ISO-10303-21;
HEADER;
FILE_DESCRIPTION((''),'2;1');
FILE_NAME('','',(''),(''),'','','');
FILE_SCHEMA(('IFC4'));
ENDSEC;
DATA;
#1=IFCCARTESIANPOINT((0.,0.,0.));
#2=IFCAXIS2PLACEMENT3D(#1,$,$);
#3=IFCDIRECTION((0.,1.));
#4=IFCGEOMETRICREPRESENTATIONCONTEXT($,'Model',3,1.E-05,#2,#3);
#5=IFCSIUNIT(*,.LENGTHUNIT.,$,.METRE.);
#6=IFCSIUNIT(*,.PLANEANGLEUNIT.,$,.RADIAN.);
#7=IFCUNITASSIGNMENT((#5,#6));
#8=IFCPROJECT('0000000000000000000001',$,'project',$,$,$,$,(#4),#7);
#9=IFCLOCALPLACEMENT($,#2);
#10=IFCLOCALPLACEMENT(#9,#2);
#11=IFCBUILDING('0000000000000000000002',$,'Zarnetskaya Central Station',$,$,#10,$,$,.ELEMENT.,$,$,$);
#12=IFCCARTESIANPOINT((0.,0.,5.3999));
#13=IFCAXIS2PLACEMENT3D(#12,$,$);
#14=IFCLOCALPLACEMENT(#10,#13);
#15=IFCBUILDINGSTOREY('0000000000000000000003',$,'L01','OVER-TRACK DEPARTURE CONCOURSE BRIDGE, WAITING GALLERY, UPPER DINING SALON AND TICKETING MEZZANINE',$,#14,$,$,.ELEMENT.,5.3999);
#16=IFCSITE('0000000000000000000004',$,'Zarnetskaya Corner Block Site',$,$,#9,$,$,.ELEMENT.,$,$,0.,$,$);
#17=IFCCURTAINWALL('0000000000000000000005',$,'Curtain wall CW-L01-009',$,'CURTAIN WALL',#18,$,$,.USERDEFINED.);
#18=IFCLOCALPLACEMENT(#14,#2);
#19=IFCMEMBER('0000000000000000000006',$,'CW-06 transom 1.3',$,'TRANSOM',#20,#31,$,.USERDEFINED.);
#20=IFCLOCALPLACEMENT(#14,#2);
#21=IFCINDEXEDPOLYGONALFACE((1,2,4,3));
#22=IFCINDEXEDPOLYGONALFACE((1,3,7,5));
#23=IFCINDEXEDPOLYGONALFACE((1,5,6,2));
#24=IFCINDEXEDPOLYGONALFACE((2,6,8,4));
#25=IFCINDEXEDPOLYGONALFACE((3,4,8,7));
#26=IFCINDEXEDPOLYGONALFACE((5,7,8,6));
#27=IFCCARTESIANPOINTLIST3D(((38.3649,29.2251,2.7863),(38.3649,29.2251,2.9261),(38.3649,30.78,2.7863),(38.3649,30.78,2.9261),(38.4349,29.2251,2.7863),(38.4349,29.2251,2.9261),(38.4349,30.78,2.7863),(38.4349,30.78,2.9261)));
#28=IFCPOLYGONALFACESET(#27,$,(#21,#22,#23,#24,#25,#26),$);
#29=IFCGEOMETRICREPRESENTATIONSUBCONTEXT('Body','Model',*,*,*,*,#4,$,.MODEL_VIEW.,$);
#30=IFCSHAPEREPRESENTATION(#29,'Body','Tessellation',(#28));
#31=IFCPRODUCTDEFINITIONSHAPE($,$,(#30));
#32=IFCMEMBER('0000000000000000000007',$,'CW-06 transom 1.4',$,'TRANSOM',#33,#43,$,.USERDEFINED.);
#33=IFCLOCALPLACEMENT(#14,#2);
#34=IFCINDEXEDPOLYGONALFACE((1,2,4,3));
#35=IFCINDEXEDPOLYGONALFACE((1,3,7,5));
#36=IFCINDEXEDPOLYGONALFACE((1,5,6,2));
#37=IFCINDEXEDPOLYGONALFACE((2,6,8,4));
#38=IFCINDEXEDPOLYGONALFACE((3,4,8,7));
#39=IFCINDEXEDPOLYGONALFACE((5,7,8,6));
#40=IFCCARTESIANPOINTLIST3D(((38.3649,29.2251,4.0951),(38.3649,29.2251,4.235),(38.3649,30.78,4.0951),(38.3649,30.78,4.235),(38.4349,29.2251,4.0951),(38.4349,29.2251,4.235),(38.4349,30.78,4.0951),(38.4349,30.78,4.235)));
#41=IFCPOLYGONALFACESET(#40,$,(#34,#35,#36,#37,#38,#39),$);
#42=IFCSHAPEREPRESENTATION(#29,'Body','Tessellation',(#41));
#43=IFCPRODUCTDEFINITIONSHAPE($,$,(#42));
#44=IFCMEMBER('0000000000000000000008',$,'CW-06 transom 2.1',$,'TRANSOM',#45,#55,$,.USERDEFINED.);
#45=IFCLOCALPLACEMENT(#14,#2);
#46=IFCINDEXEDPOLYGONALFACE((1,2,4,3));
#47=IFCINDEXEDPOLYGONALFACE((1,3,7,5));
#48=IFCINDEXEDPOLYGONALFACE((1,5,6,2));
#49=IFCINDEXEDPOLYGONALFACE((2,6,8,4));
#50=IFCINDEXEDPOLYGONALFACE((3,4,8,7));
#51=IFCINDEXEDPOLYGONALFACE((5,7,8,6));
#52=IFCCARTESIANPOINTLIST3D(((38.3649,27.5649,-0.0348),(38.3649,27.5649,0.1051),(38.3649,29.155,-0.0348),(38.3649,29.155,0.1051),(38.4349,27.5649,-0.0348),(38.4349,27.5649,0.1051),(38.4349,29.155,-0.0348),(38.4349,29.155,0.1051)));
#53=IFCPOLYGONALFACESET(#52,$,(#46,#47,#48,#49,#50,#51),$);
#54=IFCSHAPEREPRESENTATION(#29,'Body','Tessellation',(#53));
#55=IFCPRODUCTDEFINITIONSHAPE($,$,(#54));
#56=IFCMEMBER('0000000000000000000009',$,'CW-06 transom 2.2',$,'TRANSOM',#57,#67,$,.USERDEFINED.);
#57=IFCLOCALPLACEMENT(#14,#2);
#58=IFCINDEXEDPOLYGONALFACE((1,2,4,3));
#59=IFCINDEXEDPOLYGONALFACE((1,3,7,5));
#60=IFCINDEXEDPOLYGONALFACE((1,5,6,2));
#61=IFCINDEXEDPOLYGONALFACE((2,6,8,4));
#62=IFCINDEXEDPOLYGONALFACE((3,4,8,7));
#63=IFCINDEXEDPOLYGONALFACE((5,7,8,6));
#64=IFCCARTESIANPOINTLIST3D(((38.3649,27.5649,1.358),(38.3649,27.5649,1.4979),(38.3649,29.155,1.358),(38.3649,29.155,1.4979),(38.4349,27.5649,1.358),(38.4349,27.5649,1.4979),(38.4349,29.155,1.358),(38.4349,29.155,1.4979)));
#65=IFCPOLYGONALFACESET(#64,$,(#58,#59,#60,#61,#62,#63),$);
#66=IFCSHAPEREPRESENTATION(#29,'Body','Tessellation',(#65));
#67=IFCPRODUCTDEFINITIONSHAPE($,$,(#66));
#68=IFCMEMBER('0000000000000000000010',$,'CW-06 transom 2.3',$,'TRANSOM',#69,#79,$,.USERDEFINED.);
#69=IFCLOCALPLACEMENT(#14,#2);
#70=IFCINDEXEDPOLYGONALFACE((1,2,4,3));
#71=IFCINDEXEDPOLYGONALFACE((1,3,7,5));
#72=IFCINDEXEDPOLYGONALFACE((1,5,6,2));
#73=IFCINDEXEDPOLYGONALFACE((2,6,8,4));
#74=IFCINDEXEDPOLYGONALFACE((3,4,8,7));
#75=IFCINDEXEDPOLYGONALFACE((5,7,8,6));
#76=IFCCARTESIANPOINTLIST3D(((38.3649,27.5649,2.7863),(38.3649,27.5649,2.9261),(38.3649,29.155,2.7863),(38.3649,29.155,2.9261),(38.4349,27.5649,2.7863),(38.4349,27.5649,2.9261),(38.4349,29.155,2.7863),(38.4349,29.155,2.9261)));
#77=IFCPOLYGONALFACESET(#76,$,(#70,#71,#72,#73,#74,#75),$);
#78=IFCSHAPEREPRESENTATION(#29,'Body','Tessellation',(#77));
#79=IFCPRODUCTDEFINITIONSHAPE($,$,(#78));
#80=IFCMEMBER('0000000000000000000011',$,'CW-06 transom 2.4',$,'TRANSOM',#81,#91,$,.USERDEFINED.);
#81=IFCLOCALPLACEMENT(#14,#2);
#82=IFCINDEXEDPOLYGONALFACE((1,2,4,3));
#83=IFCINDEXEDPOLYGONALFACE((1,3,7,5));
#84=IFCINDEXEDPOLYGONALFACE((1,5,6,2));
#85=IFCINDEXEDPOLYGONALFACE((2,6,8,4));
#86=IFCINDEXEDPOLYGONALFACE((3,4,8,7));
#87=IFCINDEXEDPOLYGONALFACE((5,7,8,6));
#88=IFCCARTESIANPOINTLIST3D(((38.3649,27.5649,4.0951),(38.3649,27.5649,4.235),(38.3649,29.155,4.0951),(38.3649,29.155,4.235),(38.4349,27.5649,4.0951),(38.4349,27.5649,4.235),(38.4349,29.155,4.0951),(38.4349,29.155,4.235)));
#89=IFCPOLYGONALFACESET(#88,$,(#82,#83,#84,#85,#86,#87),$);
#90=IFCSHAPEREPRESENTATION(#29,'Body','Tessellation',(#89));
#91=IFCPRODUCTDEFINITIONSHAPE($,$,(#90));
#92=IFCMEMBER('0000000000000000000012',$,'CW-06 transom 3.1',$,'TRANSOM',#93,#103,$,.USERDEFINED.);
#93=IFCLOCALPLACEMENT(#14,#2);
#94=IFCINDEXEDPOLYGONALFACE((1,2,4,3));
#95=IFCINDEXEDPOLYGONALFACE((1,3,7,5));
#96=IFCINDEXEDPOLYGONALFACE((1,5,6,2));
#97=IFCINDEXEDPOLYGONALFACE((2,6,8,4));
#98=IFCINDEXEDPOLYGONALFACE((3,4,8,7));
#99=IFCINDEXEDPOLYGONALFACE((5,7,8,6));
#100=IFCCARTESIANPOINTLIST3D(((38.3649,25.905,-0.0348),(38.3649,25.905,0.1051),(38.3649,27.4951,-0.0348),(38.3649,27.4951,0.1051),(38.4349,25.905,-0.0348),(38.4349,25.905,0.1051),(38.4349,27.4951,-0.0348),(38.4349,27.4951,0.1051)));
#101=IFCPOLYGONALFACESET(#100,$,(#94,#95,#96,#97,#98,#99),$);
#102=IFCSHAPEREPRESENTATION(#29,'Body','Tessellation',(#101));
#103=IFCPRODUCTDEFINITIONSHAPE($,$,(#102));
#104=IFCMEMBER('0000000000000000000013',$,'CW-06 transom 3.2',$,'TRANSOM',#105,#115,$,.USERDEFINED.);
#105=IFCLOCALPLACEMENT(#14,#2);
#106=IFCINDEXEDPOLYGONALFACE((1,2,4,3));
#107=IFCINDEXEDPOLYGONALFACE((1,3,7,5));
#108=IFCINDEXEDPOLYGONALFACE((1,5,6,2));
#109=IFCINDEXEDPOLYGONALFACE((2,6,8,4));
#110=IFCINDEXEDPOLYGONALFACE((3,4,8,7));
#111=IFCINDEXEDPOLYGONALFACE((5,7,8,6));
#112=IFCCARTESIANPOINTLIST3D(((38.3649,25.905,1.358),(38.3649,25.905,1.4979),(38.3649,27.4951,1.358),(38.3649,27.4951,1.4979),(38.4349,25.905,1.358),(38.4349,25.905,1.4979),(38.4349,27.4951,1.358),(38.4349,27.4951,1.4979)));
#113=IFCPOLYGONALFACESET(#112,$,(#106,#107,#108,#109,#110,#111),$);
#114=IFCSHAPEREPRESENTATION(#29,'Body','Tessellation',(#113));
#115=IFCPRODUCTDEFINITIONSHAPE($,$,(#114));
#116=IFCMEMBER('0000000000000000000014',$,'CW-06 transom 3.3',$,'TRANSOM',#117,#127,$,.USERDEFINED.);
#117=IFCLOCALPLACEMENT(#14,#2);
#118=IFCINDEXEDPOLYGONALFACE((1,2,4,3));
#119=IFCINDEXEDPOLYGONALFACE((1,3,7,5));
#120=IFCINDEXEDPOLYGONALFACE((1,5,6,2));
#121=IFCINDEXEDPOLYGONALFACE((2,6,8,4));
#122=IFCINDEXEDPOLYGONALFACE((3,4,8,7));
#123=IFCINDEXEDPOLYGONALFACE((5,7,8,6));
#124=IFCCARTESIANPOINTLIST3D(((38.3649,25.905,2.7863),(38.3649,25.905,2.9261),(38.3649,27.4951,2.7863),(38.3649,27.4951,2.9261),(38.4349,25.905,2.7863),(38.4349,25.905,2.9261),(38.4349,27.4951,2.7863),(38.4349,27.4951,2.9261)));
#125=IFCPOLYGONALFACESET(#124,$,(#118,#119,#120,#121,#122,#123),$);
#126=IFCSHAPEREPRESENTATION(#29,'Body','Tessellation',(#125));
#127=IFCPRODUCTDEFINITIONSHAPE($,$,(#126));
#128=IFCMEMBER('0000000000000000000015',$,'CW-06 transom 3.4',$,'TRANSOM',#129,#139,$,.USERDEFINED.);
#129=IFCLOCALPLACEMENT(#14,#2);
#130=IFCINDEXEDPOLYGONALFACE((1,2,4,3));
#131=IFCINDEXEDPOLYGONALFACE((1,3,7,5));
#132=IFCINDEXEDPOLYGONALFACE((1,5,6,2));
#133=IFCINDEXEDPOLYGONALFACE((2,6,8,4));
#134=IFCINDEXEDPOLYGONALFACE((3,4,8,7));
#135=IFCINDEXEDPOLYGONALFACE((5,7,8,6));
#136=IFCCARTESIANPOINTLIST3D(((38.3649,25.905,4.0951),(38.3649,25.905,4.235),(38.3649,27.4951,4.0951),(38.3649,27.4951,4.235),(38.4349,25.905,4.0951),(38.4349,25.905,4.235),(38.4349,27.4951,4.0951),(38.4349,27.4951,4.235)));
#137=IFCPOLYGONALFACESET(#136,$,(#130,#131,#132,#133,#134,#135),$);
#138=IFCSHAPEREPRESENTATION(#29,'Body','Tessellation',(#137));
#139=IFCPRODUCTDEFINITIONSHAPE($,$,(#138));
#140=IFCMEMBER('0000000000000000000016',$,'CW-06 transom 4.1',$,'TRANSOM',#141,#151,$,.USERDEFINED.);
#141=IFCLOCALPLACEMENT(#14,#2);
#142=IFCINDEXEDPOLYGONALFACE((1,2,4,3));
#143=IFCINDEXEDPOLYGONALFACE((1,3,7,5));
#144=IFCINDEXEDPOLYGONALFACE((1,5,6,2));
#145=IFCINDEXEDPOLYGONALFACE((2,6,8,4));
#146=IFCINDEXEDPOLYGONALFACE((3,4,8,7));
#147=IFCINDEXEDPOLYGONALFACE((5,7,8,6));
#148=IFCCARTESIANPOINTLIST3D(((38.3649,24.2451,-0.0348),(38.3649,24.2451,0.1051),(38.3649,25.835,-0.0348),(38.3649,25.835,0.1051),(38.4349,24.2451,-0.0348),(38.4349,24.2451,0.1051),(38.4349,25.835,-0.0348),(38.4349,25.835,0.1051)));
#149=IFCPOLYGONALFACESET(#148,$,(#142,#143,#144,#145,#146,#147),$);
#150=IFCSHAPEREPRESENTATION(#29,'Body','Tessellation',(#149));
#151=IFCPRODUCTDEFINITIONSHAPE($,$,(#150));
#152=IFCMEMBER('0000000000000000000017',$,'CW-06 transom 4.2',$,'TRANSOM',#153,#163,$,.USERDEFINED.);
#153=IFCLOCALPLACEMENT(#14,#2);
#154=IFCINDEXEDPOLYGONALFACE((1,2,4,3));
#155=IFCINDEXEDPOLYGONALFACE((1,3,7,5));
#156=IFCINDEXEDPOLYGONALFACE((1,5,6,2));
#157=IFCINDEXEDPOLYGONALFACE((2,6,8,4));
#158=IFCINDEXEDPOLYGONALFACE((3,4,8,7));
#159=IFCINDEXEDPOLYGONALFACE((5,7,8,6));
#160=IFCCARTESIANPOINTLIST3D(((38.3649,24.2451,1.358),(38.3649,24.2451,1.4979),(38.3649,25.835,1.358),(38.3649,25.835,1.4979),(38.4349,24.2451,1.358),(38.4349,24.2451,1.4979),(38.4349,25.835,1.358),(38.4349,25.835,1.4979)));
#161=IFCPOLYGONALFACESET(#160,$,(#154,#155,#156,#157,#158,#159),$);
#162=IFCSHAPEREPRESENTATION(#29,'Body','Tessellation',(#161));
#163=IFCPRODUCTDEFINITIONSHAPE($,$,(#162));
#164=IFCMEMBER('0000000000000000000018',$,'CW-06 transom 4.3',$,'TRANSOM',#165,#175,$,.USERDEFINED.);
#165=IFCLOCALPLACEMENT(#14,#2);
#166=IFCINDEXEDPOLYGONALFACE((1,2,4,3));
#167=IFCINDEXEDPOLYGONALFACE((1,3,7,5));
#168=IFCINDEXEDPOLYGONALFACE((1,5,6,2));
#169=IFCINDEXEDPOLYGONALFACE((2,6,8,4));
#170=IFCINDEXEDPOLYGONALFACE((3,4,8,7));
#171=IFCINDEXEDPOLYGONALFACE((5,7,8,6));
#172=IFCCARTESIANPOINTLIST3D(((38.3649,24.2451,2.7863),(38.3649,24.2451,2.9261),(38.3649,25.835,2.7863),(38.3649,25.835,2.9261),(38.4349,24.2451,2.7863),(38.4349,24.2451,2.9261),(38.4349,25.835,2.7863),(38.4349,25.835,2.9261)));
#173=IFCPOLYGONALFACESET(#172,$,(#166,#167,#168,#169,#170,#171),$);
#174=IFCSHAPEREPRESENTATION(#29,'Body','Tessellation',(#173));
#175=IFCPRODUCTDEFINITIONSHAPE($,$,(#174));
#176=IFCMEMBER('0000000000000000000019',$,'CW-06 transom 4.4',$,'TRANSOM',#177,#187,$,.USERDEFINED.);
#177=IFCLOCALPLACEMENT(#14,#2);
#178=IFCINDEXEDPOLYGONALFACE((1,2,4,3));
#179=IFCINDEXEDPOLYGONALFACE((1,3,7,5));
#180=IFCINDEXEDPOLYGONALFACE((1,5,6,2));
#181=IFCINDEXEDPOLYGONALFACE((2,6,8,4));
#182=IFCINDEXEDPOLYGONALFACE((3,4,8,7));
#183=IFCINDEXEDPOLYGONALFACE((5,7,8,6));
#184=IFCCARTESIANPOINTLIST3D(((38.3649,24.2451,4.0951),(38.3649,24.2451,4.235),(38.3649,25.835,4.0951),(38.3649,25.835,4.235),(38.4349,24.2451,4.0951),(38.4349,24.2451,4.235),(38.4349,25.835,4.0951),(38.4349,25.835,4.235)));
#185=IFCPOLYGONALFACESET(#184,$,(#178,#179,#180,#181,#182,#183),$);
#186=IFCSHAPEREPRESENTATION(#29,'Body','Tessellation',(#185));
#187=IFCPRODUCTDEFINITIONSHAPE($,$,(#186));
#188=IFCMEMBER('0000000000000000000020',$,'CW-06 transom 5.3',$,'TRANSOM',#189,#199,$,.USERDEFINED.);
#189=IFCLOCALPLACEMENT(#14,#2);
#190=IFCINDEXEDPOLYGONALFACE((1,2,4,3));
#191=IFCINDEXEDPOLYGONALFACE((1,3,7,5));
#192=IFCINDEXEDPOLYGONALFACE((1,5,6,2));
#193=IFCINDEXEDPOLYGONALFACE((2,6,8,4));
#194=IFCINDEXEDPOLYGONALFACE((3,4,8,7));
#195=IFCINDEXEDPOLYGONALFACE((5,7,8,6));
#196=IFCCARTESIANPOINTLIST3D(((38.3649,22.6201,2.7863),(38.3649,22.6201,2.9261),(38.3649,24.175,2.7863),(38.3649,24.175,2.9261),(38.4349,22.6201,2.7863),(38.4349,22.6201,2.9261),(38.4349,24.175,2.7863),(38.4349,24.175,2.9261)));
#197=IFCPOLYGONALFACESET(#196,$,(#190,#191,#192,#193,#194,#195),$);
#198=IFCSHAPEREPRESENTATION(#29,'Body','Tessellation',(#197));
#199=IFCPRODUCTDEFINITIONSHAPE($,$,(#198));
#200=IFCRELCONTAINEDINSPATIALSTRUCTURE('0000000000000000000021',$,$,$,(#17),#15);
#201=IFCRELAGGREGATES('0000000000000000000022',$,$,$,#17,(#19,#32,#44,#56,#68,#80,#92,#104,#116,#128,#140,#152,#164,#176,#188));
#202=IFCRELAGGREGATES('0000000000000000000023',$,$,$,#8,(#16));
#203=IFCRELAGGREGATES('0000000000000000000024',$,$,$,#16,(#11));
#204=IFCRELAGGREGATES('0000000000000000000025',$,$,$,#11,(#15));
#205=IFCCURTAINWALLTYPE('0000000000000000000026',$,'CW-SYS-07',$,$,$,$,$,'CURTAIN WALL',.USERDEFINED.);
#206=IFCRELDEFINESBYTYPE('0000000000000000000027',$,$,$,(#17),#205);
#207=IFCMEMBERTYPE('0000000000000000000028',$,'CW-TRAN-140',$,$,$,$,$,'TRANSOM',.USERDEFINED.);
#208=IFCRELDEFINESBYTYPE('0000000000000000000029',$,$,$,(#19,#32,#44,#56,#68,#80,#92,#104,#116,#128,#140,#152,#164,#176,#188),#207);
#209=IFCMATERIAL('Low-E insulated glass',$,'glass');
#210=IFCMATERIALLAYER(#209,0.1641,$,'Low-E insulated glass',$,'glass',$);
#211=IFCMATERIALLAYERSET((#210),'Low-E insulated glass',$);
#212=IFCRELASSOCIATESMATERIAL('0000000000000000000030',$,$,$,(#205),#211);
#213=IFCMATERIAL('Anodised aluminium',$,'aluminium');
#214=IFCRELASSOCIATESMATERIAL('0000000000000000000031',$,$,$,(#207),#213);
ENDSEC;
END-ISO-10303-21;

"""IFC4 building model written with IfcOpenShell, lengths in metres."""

from ifc_helpers import new_model, si_unit, direction, frame, origin, origin_2d, place, context, subcontext, project, spatial, rectangle, extrude, material, layer, layer_set, material_profile, profile_set, type_object, element, aggregate, save


model = new_model("IFC4")

# Units and contexts
model_context = context("Model", 3, precision=1e-05, world=origin(), true_north=direction((0.0, 1.0)))
body_context = subcontext(model_context, "Body", "Model", "MODEL_VIEW")
ifc_project = project(units=[si_unit("LENGTHUNIT", "METRE"), si_unit("PLANEANGLEUNIT", "RADIAN")], contexts=[model_context])

# Site, building, storey
site_placement = place(None, origin())
site = spatial("IfcSite", under=ifc_project, at=site_placement, Name="Zarnetskaya Corner Block Site", CompositionType="ELEMENT", RefElevation=0.0)
building_placement = place(site_placement, origin())
building = spatial("IfcBuilding", under=site, at=building_placement, Name="Zarnetskaya Central Station", CompositionType="ELEMENT")
storey_placement = place(building_placement, frame((0.0, 0.0, 5.3999)))
storey = spatial("IfcBuildingStorey", under=building, at=storey_placement, Name="L01", Description="OVER-TRACK DEPARTURE CONCOURSE BRIDGE, WAITING GALLERY, UPPER DINING SALON AND TICKETING MEZZANINE", CompositionType="ELEMENT", Elevation=5.3999)

# Curtain wall, members
ifc_material_1 = material(Name="Low-E insulated glass", Category="glass")
ifc_layer_1 = layer(ifc_material_1, 0.1641, Name="Low-E insulated glass", Category="glass")
ifc_layer_set_1 = layer_set([ifc_layer_1], Name="Low-E insulated glass")
curtain_wall_type = type_object("IfcCurtainWallType", Name="CW-SYS-07", ElementType="CURTAIN WALL", PredefinedType="USERDEFINED", material=ifc_layer_set_1)
curtain_wall_placement = place(storey_placement, origin())
curtain_wall = element("IfcCurtainWall", 1, at=curtain_wall_placement, inside=storey, type_object=curtain_wall_type, Name="Curtain wall CW-L01-009", ObjectType="CURTAIN WALL", PredefinedType="USERDEFINED")
ifc_material_2 = material(Name="Anodised aluminium", Category="aluminium")
ifc_material_profile_1 = material_profile(ifc_material_2, rectangle(XDim=0.0701, YDim=0.1399, at=origin_2d()), Name="ALU TRAN 70x140")
ifc_profile_set_1 = profile_set([ifc_material_profile_1], Name="Anodised aluminium")
member_type_1 = type_object("IfcMemberType", Name="CW-TRAN-140", ElementType="TRANSOM", PredefinedType="USERDEFINED", material=ifc_profile_set_1)
member_1_placement = place(storey_placement, frame((38.3999, 30.78, 2.8562), z_axis=(0.0, -1.0, 0.0), x_axis=(1.0, 0.0, 0.0)))
member_1 = element("IfcMember", 2, at=member_1_placement, type_object=member_type_1, Name="CW-06 transom 1.3", ObjectType="TRANSOM", PredefinedType="USERDEFINED", context=body_context, shape_type="SweptSolid", body=[
    extrude(rectangle(XDim=0.0701, YDim=0.1399, at=origin_2d()), origin(), (0.0, 0.0, 1.0), 1.5549),
])
member_2_placement = place(storey_placement, frame((38.3999, 30.78, 4.165), z_axis=(0.0, -1.0, 0.0), x_axis=(1.0, 0.0, 0.0)))
member_2 = element("IfcMember", 3, at=member_2_placement, type_object=member_type_1, Name="CW-06 transom 1.4", ObjectType="TRANSOM", PredefinedType="USERDEFINED", context=body_context, shape_type="SweptSolid", body=[
    extrude(rectangle(XDim=0.0701, YDim=0.1399, at=origin_2d()), origin(), (0.0, 0.0, 1.0), 1.5549),
])
member_3_placement = place(storey_placement, frame((38.3999, 29.155, 0.0352), z_axis=(0.0, -1.0, 0.0), x_axis=(1.0, 0.0, 0.0)))
member_3 = element("IfcMember", 4, at=member_3_placement, type_object=member_type_1, Name="CW-06 transom 2.1", ObjectType="TRANSOM", PredefinedType="USERDEFINED", context=body_context, shape_type="SweptSolid", body=[
    extrude(rectangle(XDim=0.0701, YDim=0.1399, at=origin_2d()), origin(), (0.0, 0.0, 1.0), 1.5901),
])
member_4_placement = place(storey_placement, frame((38.3999, 29.155, 1.428), z_axis=(0.0, -1.0, 0.0), x_axis=(1.0, 0.0, 0.0)))
member_4 = element("IfcMember", 5, at=member_4_placement, type_object=member_type_1, Name="CW-06 transom 2.2", ObjectType="TRANSOM", PredefinedType="USERDEFINED", context=body_context, shape_type="SweptSolid", body=[
    extrude(rectangle(XDim=0.0701, YDim=0.1399, at=origin_2d()), origin(), (0.0, 0.0, 1.0), 1.5901),
])
member_5_placement = place(storey_placement, frame((38.3999, 29.155, 2.8562), z_axis=(0.0, -1.0, 0.0), x_axis=(1.0, 0.0, 0.0)))
member_5 = element("IfcMember", 6, at=member_5_placement, type_object=member_type_1, Name="CW-06 transom 2.3", ObjectType="TRANSOM", PredefinedType="USERDEFINED", context=body_context, shape_type="SweptSolid", body=[
    extrude(rectangle(XDim=0.0701, YDim=0.1399, at=origin_2d()), origin(), (0.0, 0.0, 1.0), 1.5901),
])
member_6_placement = place(storey_placement, frame((38.3999, 29.155, 4.165), z_axis=(0.0, -1.0, 0.0), x_axis=(1.0, 0.0, 0.0)))
member_6 = element("IfcMember", 7, at=member_6_placement, type_object=member_type_1, Name="CW-06 transom 2.4", ObjectType="TRANSOM", PredefinedType="USERDEFINED", context=body_context, shape_type="SweptSolid", body=[
    extrude(rectangle(XDim=0.0701, YDim=0.1399, at=origin_2d()), origin(), (0.0, 0.0, 1.0), 1.5901),
])
member_7_placement = place(storey_placement, frame((38.3999, 27.4951, 0.0352), z_axis=(0.0, -1.0, 0.0), x_axis=(1.0, 0.0, 0.0)))
member_7 = element("IfcMember", 8, at=member_7_placement, type_object=member_type_1, Name="CW-06 transom 3.1", ObjectType="TRANSOM", PredefinedType="USERDEFINED", context=body_context, shape_type="SweptSolid", body=[
    extrude(rectangle(XDim=0.0701, YDim=0.1399, at=origin_2d()), origin(), (0.0, 0.0, 1.0), 1.5901),
])
member_8_placement = place(storey_placement, frame((38.3999, 27.4951, 1.428), z_axis=(0.0, -1.0, 0.0), x_axis=(1.0, 0.0, 0.0)))
member_8 = element("IfcMember", 9, at=member_8_placement, type_object=member_type_1, Name="CW-06 transom 3.2", ObjectType="TRANSOM", PredefinedType="USERDEFINED", context=body_context, shape_type="SweptSolid", body=[
    extrude(rectangle(XDim=0.0701, YDim=0.1399, at=origin_2d()), origin(), (0.0, 0.0, 1.0), 1.5901),
])
member_9_placement = place(storey_placement, frame((38.3999, 27.4951, 2.8562), z_axis=(0.0, -1.0, 0.0), x_axis=(1.0, 0.0, 0.0)))
member_9 = element("IfcMember", 10, at=member_9_placement, type_object=member_type_1, Name="CW-06 transom 3.3", ObjectType="TRANSOM", PredefinedType="USERDEFINED", context=body_context, shape_type="SweptSolid", body=[
    extrude(rectangle(XDim=0.0701, YDim=0.1399, at=origin_2d()), origin(), (0.0, 0.0, 1.0), 1.5901),
])
member_10_placement = place(storey_placement, frame((38.3999, 27.4951, 4.165), z_axis=(0.0, -1.0, 0.0), x_axis=(1.0, 0.0, 0.0)))
member_10 = element("IfcMember", 11, at=member_10_placement, type_object=member_type_1, Name="CW-06 transom 3.4", ObjectType="TRANSOM", PredefinedType="USERDEFINED", context=body_context, shape_type="SweptSolid", body=[
    extrude(rectangle(XDim=0.0701, YDim=0.1399, at=origin_2d()), origin(), (0.0, 0.0, 1.0), 1.5901),
])
member_11_placement = place(storey_placement, frame((38.3999, 25.835, 0.0352), z_axis=(0.0, -1.0, 0.0), x_axis=(1.0, 0.0, 0.0)))
member_11 = element("IfcMember", 12, at=member_11_placement, type_object=member_type_1, Name="CW-06 transom 4.1", ObjectType="TRANSOM", PredefinedType="USERDEFINED", context=body_context, shape_type="SweptSolid", body=[
    extrude(rectangle(XDim=0.0701, YDim=0.1399, at=origin_2d()), origin(), (0.0, 0.0, 1.0), 1.5898),
])
member_12_placement = place(storey_placement, frame((38.3999, 25.835, 1.428), z_axis=(0.0, -1.0, 0.0), x_axis=(1.0, 0.0, 0.0)))
member_12 = element("IfcMember", 13, at=member_12_placement, type_object=member_type_1, Name="CW-06 transom 4.2", ObjectType="TRANSOM", PredefinedType="USERDEFINED", context=body_context, shape_type="SweptSolid", body=[
    extrude(rectangle(XDim=0.0701, YDim=0.1399, at=origin_2d()), origin(), (0.0, 0.0, 1.0), 1.5898),
])
member_13_placement = place(storey_placement, frame((38.3999, 25.835, 2.8562), z_axis=(0.0, -1.0, 0.0), x_axis=(1.0, 0.0, 0.0)))
member_13 = element("IfcMember", 14, at=member_13_placement, type_object=member_type_1, Name="CW-06 transom 4.3", ObjectType="TRANSOM", PredefinedType="USERDEFINED", context=body_context, shape_type="SweptSolid", body=[
    extrude(rectangle(XDim=0.0701, YDim=0.1399, at=origin_2d()), origin(), (0.0, 0.0, 1.0), 1.5898),
])
member_14_placement = place(storey_placement, frame((38.3999, 25.835, 4.165), z_axis=(0.0, -1.0, 0.0), x_axis=(1.0, 0.0, 0.0)))
member_14 = element("IfcMember", 15, at=member_14_placement, type_object=member_type_1, Name="CW-06 transom 4.4", ObjectType="TRANSOM", PredefinedType="USERDEFINED", context=body_context, shape_type="SweptSolid", body=[
    extrude(rectangle(XDim=0.0701, YDim=0.1399, at=origin_2d()), origin(), (0.0, 0.0, 1.0), 1.5898),
])
member_15_placement = place(storey_placement, frame((38.3999, 24.175, 2.8562), z_axis=(0.0, -1.0, 0.0), x_axis=(1.0, 0.0, 0.0)))
member_15 = element("IfcMember", 16, at=member_15_placement, type_object=member_type_1, Name="CW-06 transom 5.3", ObjectType="TRANSOM", PredefinedType="USERDEFINED", context=body_context, shape_type="SweptSolid", body=[
    extrude(rectangle(XDim=0.0701, YDim=0.1399, at=origin_2d()), origin(), (0.0, 0.0, 1.0), 1.5549),
])
aggregate(curtain_wall, [member_1, member_2, member_3, member_4, member_5, member_6, member_7, member_8, member_9, member_10, member_11, member_12, member_13, member_14, member_15])

save(model, "model.ifc")
